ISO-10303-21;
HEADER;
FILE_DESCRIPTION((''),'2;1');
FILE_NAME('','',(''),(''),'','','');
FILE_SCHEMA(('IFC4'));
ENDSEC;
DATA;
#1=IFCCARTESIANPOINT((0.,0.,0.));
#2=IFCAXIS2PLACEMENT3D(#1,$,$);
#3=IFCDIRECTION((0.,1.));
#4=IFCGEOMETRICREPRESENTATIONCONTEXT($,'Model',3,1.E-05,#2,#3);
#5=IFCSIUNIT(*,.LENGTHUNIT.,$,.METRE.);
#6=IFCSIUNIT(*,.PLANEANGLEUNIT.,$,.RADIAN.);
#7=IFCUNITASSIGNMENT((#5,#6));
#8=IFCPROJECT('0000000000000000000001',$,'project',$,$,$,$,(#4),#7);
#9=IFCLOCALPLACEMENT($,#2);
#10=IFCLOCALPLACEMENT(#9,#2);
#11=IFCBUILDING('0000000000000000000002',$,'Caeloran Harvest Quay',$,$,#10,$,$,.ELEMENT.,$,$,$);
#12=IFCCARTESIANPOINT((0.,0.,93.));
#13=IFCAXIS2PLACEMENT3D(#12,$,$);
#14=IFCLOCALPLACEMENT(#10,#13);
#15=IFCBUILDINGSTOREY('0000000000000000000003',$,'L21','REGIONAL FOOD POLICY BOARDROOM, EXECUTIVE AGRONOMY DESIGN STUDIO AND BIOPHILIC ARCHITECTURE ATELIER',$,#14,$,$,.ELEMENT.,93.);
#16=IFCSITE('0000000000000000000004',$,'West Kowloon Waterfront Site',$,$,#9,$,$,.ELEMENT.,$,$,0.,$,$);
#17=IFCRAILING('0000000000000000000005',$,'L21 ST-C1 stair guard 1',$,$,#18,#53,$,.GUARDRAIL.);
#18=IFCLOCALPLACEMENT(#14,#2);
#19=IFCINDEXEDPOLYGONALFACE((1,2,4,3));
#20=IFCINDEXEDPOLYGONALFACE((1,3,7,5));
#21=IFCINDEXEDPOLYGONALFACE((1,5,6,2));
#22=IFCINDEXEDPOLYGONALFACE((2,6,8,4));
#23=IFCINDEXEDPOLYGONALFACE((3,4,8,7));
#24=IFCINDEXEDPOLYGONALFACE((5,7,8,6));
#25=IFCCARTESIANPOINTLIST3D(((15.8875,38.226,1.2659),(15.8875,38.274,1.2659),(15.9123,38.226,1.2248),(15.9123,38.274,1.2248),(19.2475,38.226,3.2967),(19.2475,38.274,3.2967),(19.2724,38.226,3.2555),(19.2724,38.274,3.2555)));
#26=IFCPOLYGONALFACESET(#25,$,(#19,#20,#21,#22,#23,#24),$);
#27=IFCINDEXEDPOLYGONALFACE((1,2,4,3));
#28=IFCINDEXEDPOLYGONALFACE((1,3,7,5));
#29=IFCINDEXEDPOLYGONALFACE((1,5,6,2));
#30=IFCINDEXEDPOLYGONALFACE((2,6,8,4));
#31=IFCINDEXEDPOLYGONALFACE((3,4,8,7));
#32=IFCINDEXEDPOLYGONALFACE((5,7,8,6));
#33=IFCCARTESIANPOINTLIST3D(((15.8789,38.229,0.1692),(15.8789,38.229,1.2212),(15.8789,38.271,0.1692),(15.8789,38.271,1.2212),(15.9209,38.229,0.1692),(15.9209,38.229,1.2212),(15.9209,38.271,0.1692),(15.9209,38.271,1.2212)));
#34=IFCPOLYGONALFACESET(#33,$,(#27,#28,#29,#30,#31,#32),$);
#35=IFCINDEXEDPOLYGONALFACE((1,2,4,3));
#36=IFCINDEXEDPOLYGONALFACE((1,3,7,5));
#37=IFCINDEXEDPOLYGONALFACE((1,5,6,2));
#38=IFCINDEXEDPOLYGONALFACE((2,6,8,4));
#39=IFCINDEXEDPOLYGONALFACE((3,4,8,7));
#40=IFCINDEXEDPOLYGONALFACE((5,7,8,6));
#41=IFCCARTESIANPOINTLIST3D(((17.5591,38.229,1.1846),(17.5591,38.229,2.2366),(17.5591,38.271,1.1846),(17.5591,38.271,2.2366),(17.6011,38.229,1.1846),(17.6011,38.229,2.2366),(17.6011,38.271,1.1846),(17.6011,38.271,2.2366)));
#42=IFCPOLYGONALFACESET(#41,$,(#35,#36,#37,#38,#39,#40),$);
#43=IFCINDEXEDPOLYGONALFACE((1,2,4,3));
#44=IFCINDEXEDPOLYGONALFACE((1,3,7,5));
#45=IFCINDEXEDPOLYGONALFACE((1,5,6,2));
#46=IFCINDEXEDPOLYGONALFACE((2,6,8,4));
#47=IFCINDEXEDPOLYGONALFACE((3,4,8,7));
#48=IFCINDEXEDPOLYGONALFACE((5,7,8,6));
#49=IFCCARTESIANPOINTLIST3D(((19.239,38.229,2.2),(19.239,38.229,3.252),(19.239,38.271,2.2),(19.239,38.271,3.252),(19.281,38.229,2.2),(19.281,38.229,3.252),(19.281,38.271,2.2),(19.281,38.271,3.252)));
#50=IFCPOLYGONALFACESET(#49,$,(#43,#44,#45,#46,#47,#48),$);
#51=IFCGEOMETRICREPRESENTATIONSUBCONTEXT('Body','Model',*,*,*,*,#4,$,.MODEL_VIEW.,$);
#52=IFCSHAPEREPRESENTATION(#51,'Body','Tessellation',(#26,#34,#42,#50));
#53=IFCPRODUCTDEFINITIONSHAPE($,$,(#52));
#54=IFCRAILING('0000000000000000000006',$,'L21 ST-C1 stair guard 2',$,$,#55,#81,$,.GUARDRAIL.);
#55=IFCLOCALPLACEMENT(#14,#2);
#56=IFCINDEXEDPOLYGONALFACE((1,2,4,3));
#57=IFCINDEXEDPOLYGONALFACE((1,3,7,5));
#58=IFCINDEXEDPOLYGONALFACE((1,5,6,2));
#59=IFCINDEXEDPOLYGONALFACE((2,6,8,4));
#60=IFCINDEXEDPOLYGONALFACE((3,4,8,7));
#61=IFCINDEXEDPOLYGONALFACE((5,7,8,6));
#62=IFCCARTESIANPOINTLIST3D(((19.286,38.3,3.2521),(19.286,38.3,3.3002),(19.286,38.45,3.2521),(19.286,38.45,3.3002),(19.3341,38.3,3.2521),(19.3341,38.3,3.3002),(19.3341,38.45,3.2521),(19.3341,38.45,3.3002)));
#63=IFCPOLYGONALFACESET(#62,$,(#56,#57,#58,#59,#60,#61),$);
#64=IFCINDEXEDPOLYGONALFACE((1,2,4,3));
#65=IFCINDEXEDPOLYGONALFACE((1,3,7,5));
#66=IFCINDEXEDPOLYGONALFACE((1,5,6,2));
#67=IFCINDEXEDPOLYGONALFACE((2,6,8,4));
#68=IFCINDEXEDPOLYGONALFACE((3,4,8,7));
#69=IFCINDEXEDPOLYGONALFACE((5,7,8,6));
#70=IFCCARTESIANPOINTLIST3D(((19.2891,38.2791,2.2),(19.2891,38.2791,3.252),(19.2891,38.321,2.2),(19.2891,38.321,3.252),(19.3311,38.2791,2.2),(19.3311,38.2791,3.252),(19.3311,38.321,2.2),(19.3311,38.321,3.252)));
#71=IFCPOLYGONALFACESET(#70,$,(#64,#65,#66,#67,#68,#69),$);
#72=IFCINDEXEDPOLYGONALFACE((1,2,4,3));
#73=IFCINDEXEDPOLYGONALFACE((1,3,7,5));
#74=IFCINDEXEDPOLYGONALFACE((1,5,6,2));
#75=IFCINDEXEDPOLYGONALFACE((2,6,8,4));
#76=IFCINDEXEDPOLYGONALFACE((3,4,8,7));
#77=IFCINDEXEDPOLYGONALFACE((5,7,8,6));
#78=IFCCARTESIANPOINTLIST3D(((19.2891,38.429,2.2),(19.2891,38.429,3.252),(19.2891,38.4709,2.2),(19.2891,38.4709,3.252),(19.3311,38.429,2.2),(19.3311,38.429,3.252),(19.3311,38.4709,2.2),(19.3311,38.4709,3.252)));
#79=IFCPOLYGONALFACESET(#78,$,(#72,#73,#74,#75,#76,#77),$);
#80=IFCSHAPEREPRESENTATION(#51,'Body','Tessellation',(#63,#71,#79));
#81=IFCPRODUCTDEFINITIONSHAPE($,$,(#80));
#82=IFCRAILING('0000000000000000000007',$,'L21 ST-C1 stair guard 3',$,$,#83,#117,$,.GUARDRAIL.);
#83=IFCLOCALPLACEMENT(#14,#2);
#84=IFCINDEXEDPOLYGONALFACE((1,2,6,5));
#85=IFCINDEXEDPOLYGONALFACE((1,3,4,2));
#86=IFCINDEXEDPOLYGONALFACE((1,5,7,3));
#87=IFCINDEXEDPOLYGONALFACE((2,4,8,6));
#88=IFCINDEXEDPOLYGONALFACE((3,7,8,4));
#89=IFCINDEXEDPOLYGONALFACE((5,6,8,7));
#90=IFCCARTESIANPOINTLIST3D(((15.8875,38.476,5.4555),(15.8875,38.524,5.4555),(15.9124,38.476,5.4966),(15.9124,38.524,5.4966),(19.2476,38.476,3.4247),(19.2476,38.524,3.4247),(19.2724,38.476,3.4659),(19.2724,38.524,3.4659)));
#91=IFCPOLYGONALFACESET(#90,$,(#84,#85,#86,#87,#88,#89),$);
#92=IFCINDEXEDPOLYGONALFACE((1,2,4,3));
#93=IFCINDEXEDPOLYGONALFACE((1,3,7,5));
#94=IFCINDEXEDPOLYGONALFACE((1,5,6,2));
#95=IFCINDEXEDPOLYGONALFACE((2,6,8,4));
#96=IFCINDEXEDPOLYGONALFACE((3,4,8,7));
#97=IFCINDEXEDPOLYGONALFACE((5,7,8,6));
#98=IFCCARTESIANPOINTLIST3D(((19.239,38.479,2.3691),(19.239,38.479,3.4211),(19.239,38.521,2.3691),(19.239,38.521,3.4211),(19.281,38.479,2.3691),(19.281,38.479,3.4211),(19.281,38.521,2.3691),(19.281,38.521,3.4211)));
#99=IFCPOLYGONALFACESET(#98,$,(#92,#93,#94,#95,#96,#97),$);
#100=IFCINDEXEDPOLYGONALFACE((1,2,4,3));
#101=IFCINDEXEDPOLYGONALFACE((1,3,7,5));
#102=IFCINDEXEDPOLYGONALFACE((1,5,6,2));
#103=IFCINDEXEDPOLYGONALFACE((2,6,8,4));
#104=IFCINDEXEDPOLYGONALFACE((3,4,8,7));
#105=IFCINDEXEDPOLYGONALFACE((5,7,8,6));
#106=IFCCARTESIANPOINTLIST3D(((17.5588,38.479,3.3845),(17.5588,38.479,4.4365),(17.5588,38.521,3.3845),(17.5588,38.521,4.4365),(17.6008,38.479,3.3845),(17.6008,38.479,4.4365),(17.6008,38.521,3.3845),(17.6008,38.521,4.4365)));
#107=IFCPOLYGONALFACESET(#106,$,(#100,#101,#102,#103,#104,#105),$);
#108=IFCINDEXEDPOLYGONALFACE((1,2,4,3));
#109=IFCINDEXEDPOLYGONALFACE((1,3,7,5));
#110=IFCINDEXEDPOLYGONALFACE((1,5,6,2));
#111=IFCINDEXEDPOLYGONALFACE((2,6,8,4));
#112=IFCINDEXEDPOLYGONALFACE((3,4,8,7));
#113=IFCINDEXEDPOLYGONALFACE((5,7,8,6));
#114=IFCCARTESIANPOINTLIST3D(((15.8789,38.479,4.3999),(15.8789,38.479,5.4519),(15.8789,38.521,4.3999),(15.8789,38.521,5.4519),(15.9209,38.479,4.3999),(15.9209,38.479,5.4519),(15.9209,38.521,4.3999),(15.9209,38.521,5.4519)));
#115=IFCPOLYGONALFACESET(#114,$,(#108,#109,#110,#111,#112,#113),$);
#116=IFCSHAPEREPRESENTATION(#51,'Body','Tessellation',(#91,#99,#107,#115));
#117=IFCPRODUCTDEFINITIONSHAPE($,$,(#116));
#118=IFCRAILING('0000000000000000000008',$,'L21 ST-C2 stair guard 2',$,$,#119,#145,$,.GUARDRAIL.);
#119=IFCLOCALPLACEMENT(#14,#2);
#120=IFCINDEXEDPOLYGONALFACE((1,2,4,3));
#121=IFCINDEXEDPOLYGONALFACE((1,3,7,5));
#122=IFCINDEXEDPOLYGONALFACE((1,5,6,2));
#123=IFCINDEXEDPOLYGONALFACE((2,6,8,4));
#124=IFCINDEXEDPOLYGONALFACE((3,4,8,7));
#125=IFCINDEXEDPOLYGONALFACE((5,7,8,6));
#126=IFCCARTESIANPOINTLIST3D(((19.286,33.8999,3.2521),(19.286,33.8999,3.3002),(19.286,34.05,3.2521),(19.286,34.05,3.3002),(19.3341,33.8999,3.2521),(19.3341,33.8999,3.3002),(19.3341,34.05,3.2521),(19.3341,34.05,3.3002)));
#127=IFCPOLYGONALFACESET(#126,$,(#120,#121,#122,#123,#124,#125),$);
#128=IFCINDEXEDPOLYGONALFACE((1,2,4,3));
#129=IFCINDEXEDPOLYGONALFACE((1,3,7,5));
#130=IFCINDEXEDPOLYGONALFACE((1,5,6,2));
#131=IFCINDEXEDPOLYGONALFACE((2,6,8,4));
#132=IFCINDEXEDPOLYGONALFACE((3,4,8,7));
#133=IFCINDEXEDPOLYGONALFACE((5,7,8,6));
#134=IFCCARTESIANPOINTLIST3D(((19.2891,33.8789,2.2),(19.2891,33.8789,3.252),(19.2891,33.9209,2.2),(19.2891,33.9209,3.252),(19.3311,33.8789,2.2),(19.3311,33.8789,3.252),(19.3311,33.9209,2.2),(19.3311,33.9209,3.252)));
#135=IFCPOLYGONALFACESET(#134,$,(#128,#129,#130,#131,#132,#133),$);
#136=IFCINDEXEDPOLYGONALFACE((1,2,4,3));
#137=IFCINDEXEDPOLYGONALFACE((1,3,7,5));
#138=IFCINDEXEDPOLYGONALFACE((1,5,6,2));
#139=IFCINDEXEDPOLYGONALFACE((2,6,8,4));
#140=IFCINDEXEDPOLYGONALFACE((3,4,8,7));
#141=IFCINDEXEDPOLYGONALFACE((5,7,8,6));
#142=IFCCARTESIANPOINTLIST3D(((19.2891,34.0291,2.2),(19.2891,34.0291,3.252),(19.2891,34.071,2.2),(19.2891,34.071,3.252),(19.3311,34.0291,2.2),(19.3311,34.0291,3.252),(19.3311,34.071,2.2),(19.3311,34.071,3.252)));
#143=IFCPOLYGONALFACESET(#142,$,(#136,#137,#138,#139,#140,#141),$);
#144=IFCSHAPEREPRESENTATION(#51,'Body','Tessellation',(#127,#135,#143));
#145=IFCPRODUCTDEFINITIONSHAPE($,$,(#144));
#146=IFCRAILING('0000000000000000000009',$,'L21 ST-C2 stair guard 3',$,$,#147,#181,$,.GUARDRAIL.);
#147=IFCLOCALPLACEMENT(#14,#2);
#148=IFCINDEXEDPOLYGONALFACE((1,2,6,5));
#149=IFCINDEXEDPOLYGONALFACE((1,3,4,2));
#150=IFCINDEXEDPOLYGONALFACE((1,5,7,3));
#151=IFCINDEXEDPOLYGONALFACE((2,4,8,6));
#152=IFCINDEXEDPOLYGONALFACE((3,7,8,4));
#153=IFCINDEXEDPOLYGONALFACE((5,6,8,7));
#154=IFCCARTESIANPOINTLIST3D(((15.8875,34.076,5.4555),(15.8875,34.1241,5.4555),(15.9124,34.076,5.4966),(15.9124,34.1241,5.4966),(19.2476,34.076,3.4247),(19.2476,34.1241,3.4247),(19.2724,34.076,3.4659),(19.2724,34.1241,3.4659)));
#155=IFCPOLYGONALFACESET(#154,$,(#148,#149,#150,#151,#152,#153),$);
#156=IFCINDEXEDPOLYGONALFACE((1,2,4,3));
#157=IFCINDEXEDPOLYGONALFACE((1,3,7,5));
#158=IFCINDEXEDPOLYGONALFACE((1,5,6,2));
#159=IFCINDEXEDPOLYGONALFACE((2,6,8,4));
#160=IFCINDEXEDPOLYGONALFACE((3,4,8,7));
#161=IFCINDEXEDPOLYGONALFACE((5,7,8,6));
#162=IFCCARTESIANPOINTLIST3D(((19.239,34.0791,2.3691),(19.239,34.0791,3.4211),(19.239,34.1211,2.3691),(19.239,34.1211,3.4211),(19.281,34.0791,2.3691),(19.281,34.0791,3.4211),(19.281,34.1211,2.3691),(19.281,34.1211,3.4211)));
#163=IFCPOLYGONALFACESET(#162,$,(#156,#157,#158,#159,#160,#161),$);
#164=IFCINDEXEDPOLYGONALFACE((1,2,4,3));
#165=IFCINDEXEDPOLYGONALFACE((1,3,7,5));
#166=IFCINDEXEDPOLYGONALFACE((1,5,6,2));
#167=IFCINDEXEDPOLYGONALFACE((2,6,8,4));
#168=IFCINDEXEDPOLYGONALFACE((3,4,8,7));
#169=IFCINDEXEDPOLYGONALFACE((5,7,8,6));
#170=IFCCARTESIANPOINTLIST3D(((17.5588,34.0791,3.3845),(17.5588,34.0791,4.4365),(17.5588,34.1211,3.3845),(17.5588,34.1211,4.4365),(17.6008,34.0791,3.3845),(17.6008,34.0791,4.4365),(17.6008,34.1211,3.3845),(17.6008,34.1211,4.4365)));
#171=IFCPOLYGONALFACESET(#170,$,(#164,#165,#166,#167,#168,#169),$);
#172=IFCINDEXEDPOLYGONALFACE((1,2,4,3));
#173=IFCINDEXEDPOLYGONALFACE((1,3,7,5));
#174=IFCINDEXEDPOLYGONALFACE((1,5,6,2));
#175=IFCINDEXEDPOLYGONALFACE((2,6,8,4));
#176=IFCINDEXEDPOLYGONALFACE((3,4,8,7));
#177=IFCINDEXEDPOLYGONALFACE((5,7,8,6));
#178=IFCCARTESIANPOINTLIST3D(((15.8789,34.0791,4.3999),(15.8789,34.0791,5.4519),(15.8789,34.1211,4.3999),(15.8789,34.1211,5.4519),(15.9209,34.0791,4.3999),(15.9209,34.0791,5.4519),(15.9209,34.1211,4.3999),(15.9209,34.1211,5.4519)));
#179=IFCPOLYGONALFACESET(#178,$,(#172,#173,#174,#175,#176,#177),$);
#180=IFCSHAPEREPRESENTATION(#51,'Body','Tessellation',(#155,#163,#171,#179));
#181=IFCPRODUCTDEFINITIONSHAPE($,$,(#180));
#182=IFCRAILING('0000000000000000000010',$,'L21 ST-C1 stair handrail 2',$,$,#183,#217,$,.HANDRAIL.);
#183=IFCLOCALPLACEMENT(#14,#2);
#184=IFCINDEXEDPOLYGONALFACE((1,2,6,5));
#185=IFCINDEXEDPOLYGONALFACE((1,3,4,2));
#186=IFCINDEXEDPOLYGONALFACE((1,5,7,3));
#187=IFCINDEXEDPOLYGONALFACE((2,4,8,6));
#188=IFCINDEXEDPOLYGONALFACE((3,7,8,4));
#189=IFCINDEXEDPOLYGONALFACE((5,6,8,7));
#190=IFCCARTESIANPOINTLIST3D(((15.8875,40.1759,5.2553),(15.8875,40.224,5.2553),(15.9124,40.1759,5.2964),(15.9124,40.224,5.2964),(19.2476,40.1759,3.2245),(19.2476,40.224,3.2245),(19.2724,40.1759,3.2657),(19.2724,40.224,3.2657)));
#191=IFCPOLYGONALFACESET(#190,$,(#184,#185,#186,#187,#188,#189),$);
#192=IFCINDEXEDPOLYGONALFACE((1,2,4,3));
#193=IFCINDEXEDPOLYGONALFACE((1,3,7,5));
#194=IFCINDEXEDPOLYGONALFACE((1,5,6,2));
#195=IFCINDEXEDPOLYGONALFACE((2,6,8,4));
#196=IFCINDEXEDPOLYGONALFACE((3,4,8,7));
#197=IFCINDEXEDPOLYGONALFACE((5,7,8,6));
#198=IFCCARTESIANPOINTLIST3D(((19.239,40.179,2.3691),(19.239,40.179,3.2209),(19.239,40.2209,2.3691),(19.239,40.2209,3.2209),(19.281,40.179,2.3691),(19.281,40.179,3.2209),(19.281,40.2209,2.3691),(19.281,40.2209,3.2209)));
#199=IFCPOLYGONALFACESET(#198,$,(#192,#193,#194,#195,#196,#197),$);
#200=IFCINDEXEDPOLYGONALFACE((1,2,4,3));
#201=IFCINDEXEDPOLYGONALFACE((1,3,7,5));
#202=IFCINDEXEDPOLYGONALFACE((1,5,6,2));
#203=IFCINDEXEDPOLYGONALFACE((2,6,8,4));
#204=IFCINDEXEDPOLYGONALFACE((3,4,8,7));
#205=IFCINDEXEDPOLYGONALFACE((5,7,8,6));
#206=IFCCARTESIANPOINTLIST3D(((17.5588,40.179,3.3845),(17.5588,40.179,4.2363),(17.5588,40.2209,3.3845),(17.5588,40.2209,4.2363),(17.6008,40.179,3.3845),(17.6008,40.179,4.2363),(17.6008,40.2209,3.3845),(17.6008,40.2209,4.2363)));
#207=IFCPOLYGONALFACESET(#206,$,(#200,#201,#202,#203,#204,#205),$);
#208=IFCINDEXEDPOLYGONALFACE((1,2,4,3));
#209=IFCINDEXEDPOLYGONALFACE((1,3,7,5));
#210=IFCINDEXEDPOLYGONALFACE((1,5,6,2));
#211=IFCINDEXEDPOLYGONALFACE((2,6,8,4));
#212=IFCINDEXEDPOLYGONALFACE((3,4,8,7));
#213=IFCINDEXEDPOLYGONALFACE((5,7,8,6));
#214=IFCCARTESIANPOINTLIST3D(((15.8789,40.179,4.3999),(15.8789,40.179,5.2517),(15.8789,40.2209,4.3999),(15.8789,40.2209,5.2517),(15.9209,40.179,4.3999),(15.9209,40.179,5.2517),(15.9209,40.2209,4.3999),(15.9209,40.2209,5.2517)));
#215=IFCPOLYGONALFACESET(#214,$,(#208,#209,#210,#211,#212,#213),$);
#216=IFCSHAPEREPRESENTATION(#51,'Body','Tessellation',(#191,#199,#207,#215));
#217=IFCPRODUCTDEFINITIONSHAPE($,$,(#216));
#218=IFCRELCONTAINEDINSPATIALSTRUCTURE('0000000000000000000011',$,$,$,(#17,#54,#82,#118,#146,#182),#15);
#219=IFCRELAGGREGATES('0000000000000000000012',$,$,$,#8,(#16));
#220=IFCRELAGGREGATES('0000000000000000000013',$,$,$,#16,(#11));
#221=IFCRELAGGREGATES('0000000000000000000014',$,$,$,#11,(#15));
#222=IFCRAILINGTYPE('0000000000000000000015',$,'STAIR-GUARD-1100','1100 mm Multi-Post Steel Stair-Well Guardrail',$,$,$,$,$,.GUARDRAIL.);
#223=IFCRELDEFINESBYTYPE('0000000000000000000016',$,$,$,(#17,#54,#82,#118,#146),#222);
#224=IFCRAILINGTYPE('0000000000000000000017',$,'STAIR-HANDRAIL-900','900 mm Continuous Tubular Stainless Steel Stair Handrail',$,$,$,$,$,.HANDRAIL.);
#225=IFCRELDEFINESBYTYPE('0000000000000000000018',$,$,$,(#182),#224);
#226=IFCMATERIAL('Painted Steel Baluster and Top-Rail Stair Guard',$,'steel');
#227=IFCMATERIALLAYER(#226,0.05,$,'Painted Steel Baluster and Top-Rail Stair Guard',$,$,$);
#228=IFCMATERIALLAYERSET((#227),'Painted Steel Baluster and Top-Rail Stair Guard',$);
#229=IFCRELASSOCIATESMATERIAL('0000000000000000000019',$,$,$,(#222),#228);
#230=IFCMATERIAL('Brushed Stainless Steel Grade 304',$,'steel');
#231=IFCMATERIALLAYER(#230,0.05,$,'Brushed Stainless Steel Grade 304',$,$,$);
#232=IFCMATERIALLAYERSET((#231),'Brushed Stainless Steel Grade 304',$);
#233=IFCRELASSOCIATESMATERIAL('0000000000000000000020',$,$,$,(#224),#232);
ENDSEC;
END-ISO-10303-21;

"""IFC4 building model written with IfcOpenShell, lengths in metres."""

from ifc_helpers import new_model, si_unit, direction, frame, origin, origin_2d, place, context, subcontext, project, spatial, rectangle, extrude, material, layer, layer_set, type_object, element, save


model = new_model("IFC4")

# Units and contexts
model_context = context("Model", 3, precision=1e-05, world=origin(), true_north=direction((0.0, 1.0)))
body_context = subcontext(model_context, "Body", "Model", "MODEL_VIEW")
ifc_project = project(units=[si_unit("LENGTHUNIT", "METRE"), si_unit("PLANEANGLEUNIT", "RADIAN")], contexts=[model_context])

# Site, building, storey
site_placement = place(None, origin())
site = spatial("IfcSite", under=ifc_project, at=site_placement, Name="West Kowloon Waterfront Site", CompositionType="ELEMENT", RefElevation=0.0)
building_placement = place(site_placement, origin())
building = spatial("IfcBuilding", under=site, at=building_placement, Name="Caeloran Harvest Quay", CompositionType="ELEMENT")
storey_placement = place(building_placement, frame((0.0, 0.0, 93.0)))
storey = spatial("IfcBuildingStorey", under=building, at=storey_placement, Name="L21", Description="REGIONAL FOOD POLICY BOARDROOM, EXECUTIVE AGRONOMY DESIGN STUDIO AND BIOPHILIC ARCHITECTURE ATELIER", CompositionType="ELEMENT", Elevation=93.0)

# Railings
ifc_material_1 = material(Name="Painted Steel Baluster and Top-Rail Stair Guard", Category="steel")
ifc_layer_1 = layer(ifc_material_1, 0.05, Name="Painted Steel Baluster and Top-Rail Stair Guard")
ifc_layer_set_1 = layer_set([ifc_layer_1], Name="Painted Steel Baluster and Top-Rail Stair Guard")
railing_type_1 = type_object("IfcRailingType", Name="STAIR-GUARD-1100", Description="1100 mm Multi-Post Steel Stair-Well Guardrail", PredefinedType="GUARDRAIL", material=ifc_layer_set_1)
railing_1_placement = place(storey_placement, frame((15.8999, 38.25, 0.1692)))
element("IfcRailing", 1, at=railing_1_placement, inside=storey, type_object=railing_type_1, Name="L21 ST-C1 stair guard 1", PredefinedType="GUARDRAIL", context=body_context, shape_type="SweptSolid", body=[
    extrude(rectangle(XDim=0.0481, YDim=0.0481, at=origin_2d()), frame((0.0, 0.0, 1.0762), z_axis=(0.855837, 0.0, 0.517246), x_axis=(0.0, 1.0, 0.0)), (0.0, 0.0, 1.0), 3.926),
    extrude(rectangle(XDim=0.042, YDim=0.042, at=origin_2d()), origin(), (0.0, 0.0, 1.0), 1.052),
    extrude(rectangle(XDim=0.042, YDim=0.042, at=origin_2d()), frame((1.6802, 0.0, 1.0154)), (0.0, 0.0, 1.0), 1.052),
    extrude(rectangle(XDim=0.042, YDim=0.042, at=origin_2d()), frame((3.3601, 0.0, 2.0308)), (0.0, 0.0, 1.0), 1.052),
])
railing_2_placement = place(storey_placement, frame((19.3101, 38.3, 2.2)))
element("IfcRailing", 2, at=railing_2_placement, inside=storey, type_object=railing_type_1, Name="L21 ST-C1 stair guard 2", PredefinedType="GUARDRAIL", context=body_context, shape_type="SweptSolid", body=[
    extrude(rectangle(XDim=0.0481, YDim=0.0481, at=origin_2d()), frame((0.0, 0.0, 1.0762), z_axis=(0.0, 1.0, 0.0), x_axis=(-1.0, 0.0, 0.0)), (0.0, 0.0, 1.0), 0.1499),
    extrude(rectangle(XDim=0.042, YDim=0.042, at=origin_2d()), origin(), (0.0, 0.0, 1.0), 1.052),
    extrude(rectangle(XDim=0.042, YDim=0.042, at=origin_2d()), frame((0.0, 0.1499, 0.0)), (0.0, 0.0, 1.0), 1.052),
])
railing_3_placement = place(storey_placement, frame((19.26, 38.5, 2.3691)))
element("IfcRailing", 3, at=railing_3_placement, inside=storey, type_object=railing_type_1, Name="L21 ST-C1 stair guard 3", PredefinedType="GUARDRAIL", context=body_context, shape_type="SweptSolid", body=[
    extrude(rectangle(XDim=0.0481, YDim=0.0481, at=origin_2d()), frame((0.0, 0.0, 1.0762), z_axis=(-0.855837, 0.0, 0.517246), x_axis=(0.0, -1.0, 0.0)), (0.0, 0.0, 1.0), 3.926),
    extrude(rectangle(XDim=0.042, YDim=0.042, at=origin_2d()), origin(), (0.0, 0.0, 1.0), 1.052),
    extrude(rectangle(XDim=0.042, YDim=0.042, at=origin_2d()), frame((-1.6802, 0.0, 1.0154)), (0.0, 0.0, 1.0), 1.052),
    extrude(rectangle(XDim=0.042, YDim=0.042, at=origin_2d()), frame((-3.3601, 0.0, 2.0308)), (0.0, 0.0, 1.0), 1.052),
])
railing_4_placement = place(storey_placement, frame((19.3101, 33.8999, 2.2)))
element("IfcRailing", 4, at=railing_4_placement, inside=storey, type_object=railing_type_1, Name="L21 ST-C2 stair guard 2", PredefinedType="GUARDRAIL", context=body_context, shape_type="SweptSolid", body=[
    extrude(rectangle(XDim=0.0481, YDim=0.0481, at=origin_2d()), frame((0.0, 0.0, 1.0762), z_axis=(0.0, 1.0, 0.0), x_axis=(-1.0, 0.0, 0.0)), (0.0, 0.0, 1.0), 0.1501),
    extrude(rectangle(XDim=0.042, YDim=0.042, at=origin_2d()), origin(), (0.0, 0.0, 1.0), 1.052),
    extrude(rectangle(XDim=0.042, YDim=0.042, at=origin_2d()), frame((0.0, 0.1501, 0.0)), (0.0, 0.0, 1.0), 1.052),
])
railing_5_placement = place(storey_placement, frame((19.26, 34.1001, 2.3691)))
element("IfcRailing", 5, at=railing_5_placement, inside=storey, type_object=railing_type_1, Name="L21 ST-C2 stair guard 3", PredefinedType="GUARDRAIL", context=body_context, shape_type="SweptSolid", body=[
    extrude(rectangle(XDim=0.0481, YDim=0.0481, at=origin_2d()), frame((0.0, 0.0, 1.0762), z_axis=(-0.855837, 0.0, 0.517246), x_axis=(0.0, -1.0, 0.0)), (0.0, 0.0, 1.0), 3.926),
    extrude(rectangle(XDim=0.042, YDim=0.042, at=origin_2d()), origin(), (0.0, 0.0, 1.0), 1.052),
    extrude(rectangle(XDim=0.042, YDim=0.042, at=origin_2d()), frame((-1.6802, 0.0, 1.0154)), (0.0, 0.0, 1.0), 1.052),
    extrude(rectangle(XDim=0.042, YDim=0.042, at=origin_2d()), frame((-3.3601, 0.0, 2.0308)), (0.0, 0.0, 1.0), 1.052),
])
ifc_material_2 = material(Name="Brushed Stainless Steel Grade 304", Category="steel")
ifc_layer_2 = layer(ifc_material_2, 0.05, Name="Brushed Stainless Steel Grade 304")
ifc_layer_set_2 = layer_set([ifc_layer_2], Name="Brushed Stainless Steel Grade 304")
railing_type_2 = type_object("IfcRailingType", Name="STAIR-HANDRAIL-900", Description="900 mm Continuous Tubular Stainless Steel Stair Handrail", PredefinedType="HANDRAIL", material=ifc_layer_set_2)
for number, where, name in (
    (6, (19.26, 40.2, 2.3691), "L21 ST-C1 stair handrail 2"),
):
    element("IfcRailing", number, at=place(storey_placement, frame(where)), inside=storey, type_object=railing_type_2, Name=name, PredefinedType="HANDRAIL", context=body_context, shape_type="SweptSolid", body=[
        extrude(rectangle(XDim=0.0481, YDim=0.0481, at=origin_2d()), frame((0.0, 0.0, 0.876), z_axis=(-0.855837, 0.0, 0.517246), x_axis=(0.0, -1.0, 0.0)), (0.0, 0.0, 1.0), 3.926),
        extrude(rectangle(XDim=0.042, YDim=0.042, at=origin_2d()), origin(), (0.0, 0.0, 1.0), 0.8518),
        extrude(rectangle(XDim=0.042, YDim=0.042, at=origin_2d()), frame((-1.6802, 0.0, 1.0154)), (0.0, 0.0, 1.0), 0.8518),
        extrude(rectangle(XDim=0.042, YDim=0.042, at=origin_2d()), frame((-3.3601, 0.0, 2.0308)), (0.0, 0.0, 1.0), 0.8518),
    ])

save(model, "model.ifc")
